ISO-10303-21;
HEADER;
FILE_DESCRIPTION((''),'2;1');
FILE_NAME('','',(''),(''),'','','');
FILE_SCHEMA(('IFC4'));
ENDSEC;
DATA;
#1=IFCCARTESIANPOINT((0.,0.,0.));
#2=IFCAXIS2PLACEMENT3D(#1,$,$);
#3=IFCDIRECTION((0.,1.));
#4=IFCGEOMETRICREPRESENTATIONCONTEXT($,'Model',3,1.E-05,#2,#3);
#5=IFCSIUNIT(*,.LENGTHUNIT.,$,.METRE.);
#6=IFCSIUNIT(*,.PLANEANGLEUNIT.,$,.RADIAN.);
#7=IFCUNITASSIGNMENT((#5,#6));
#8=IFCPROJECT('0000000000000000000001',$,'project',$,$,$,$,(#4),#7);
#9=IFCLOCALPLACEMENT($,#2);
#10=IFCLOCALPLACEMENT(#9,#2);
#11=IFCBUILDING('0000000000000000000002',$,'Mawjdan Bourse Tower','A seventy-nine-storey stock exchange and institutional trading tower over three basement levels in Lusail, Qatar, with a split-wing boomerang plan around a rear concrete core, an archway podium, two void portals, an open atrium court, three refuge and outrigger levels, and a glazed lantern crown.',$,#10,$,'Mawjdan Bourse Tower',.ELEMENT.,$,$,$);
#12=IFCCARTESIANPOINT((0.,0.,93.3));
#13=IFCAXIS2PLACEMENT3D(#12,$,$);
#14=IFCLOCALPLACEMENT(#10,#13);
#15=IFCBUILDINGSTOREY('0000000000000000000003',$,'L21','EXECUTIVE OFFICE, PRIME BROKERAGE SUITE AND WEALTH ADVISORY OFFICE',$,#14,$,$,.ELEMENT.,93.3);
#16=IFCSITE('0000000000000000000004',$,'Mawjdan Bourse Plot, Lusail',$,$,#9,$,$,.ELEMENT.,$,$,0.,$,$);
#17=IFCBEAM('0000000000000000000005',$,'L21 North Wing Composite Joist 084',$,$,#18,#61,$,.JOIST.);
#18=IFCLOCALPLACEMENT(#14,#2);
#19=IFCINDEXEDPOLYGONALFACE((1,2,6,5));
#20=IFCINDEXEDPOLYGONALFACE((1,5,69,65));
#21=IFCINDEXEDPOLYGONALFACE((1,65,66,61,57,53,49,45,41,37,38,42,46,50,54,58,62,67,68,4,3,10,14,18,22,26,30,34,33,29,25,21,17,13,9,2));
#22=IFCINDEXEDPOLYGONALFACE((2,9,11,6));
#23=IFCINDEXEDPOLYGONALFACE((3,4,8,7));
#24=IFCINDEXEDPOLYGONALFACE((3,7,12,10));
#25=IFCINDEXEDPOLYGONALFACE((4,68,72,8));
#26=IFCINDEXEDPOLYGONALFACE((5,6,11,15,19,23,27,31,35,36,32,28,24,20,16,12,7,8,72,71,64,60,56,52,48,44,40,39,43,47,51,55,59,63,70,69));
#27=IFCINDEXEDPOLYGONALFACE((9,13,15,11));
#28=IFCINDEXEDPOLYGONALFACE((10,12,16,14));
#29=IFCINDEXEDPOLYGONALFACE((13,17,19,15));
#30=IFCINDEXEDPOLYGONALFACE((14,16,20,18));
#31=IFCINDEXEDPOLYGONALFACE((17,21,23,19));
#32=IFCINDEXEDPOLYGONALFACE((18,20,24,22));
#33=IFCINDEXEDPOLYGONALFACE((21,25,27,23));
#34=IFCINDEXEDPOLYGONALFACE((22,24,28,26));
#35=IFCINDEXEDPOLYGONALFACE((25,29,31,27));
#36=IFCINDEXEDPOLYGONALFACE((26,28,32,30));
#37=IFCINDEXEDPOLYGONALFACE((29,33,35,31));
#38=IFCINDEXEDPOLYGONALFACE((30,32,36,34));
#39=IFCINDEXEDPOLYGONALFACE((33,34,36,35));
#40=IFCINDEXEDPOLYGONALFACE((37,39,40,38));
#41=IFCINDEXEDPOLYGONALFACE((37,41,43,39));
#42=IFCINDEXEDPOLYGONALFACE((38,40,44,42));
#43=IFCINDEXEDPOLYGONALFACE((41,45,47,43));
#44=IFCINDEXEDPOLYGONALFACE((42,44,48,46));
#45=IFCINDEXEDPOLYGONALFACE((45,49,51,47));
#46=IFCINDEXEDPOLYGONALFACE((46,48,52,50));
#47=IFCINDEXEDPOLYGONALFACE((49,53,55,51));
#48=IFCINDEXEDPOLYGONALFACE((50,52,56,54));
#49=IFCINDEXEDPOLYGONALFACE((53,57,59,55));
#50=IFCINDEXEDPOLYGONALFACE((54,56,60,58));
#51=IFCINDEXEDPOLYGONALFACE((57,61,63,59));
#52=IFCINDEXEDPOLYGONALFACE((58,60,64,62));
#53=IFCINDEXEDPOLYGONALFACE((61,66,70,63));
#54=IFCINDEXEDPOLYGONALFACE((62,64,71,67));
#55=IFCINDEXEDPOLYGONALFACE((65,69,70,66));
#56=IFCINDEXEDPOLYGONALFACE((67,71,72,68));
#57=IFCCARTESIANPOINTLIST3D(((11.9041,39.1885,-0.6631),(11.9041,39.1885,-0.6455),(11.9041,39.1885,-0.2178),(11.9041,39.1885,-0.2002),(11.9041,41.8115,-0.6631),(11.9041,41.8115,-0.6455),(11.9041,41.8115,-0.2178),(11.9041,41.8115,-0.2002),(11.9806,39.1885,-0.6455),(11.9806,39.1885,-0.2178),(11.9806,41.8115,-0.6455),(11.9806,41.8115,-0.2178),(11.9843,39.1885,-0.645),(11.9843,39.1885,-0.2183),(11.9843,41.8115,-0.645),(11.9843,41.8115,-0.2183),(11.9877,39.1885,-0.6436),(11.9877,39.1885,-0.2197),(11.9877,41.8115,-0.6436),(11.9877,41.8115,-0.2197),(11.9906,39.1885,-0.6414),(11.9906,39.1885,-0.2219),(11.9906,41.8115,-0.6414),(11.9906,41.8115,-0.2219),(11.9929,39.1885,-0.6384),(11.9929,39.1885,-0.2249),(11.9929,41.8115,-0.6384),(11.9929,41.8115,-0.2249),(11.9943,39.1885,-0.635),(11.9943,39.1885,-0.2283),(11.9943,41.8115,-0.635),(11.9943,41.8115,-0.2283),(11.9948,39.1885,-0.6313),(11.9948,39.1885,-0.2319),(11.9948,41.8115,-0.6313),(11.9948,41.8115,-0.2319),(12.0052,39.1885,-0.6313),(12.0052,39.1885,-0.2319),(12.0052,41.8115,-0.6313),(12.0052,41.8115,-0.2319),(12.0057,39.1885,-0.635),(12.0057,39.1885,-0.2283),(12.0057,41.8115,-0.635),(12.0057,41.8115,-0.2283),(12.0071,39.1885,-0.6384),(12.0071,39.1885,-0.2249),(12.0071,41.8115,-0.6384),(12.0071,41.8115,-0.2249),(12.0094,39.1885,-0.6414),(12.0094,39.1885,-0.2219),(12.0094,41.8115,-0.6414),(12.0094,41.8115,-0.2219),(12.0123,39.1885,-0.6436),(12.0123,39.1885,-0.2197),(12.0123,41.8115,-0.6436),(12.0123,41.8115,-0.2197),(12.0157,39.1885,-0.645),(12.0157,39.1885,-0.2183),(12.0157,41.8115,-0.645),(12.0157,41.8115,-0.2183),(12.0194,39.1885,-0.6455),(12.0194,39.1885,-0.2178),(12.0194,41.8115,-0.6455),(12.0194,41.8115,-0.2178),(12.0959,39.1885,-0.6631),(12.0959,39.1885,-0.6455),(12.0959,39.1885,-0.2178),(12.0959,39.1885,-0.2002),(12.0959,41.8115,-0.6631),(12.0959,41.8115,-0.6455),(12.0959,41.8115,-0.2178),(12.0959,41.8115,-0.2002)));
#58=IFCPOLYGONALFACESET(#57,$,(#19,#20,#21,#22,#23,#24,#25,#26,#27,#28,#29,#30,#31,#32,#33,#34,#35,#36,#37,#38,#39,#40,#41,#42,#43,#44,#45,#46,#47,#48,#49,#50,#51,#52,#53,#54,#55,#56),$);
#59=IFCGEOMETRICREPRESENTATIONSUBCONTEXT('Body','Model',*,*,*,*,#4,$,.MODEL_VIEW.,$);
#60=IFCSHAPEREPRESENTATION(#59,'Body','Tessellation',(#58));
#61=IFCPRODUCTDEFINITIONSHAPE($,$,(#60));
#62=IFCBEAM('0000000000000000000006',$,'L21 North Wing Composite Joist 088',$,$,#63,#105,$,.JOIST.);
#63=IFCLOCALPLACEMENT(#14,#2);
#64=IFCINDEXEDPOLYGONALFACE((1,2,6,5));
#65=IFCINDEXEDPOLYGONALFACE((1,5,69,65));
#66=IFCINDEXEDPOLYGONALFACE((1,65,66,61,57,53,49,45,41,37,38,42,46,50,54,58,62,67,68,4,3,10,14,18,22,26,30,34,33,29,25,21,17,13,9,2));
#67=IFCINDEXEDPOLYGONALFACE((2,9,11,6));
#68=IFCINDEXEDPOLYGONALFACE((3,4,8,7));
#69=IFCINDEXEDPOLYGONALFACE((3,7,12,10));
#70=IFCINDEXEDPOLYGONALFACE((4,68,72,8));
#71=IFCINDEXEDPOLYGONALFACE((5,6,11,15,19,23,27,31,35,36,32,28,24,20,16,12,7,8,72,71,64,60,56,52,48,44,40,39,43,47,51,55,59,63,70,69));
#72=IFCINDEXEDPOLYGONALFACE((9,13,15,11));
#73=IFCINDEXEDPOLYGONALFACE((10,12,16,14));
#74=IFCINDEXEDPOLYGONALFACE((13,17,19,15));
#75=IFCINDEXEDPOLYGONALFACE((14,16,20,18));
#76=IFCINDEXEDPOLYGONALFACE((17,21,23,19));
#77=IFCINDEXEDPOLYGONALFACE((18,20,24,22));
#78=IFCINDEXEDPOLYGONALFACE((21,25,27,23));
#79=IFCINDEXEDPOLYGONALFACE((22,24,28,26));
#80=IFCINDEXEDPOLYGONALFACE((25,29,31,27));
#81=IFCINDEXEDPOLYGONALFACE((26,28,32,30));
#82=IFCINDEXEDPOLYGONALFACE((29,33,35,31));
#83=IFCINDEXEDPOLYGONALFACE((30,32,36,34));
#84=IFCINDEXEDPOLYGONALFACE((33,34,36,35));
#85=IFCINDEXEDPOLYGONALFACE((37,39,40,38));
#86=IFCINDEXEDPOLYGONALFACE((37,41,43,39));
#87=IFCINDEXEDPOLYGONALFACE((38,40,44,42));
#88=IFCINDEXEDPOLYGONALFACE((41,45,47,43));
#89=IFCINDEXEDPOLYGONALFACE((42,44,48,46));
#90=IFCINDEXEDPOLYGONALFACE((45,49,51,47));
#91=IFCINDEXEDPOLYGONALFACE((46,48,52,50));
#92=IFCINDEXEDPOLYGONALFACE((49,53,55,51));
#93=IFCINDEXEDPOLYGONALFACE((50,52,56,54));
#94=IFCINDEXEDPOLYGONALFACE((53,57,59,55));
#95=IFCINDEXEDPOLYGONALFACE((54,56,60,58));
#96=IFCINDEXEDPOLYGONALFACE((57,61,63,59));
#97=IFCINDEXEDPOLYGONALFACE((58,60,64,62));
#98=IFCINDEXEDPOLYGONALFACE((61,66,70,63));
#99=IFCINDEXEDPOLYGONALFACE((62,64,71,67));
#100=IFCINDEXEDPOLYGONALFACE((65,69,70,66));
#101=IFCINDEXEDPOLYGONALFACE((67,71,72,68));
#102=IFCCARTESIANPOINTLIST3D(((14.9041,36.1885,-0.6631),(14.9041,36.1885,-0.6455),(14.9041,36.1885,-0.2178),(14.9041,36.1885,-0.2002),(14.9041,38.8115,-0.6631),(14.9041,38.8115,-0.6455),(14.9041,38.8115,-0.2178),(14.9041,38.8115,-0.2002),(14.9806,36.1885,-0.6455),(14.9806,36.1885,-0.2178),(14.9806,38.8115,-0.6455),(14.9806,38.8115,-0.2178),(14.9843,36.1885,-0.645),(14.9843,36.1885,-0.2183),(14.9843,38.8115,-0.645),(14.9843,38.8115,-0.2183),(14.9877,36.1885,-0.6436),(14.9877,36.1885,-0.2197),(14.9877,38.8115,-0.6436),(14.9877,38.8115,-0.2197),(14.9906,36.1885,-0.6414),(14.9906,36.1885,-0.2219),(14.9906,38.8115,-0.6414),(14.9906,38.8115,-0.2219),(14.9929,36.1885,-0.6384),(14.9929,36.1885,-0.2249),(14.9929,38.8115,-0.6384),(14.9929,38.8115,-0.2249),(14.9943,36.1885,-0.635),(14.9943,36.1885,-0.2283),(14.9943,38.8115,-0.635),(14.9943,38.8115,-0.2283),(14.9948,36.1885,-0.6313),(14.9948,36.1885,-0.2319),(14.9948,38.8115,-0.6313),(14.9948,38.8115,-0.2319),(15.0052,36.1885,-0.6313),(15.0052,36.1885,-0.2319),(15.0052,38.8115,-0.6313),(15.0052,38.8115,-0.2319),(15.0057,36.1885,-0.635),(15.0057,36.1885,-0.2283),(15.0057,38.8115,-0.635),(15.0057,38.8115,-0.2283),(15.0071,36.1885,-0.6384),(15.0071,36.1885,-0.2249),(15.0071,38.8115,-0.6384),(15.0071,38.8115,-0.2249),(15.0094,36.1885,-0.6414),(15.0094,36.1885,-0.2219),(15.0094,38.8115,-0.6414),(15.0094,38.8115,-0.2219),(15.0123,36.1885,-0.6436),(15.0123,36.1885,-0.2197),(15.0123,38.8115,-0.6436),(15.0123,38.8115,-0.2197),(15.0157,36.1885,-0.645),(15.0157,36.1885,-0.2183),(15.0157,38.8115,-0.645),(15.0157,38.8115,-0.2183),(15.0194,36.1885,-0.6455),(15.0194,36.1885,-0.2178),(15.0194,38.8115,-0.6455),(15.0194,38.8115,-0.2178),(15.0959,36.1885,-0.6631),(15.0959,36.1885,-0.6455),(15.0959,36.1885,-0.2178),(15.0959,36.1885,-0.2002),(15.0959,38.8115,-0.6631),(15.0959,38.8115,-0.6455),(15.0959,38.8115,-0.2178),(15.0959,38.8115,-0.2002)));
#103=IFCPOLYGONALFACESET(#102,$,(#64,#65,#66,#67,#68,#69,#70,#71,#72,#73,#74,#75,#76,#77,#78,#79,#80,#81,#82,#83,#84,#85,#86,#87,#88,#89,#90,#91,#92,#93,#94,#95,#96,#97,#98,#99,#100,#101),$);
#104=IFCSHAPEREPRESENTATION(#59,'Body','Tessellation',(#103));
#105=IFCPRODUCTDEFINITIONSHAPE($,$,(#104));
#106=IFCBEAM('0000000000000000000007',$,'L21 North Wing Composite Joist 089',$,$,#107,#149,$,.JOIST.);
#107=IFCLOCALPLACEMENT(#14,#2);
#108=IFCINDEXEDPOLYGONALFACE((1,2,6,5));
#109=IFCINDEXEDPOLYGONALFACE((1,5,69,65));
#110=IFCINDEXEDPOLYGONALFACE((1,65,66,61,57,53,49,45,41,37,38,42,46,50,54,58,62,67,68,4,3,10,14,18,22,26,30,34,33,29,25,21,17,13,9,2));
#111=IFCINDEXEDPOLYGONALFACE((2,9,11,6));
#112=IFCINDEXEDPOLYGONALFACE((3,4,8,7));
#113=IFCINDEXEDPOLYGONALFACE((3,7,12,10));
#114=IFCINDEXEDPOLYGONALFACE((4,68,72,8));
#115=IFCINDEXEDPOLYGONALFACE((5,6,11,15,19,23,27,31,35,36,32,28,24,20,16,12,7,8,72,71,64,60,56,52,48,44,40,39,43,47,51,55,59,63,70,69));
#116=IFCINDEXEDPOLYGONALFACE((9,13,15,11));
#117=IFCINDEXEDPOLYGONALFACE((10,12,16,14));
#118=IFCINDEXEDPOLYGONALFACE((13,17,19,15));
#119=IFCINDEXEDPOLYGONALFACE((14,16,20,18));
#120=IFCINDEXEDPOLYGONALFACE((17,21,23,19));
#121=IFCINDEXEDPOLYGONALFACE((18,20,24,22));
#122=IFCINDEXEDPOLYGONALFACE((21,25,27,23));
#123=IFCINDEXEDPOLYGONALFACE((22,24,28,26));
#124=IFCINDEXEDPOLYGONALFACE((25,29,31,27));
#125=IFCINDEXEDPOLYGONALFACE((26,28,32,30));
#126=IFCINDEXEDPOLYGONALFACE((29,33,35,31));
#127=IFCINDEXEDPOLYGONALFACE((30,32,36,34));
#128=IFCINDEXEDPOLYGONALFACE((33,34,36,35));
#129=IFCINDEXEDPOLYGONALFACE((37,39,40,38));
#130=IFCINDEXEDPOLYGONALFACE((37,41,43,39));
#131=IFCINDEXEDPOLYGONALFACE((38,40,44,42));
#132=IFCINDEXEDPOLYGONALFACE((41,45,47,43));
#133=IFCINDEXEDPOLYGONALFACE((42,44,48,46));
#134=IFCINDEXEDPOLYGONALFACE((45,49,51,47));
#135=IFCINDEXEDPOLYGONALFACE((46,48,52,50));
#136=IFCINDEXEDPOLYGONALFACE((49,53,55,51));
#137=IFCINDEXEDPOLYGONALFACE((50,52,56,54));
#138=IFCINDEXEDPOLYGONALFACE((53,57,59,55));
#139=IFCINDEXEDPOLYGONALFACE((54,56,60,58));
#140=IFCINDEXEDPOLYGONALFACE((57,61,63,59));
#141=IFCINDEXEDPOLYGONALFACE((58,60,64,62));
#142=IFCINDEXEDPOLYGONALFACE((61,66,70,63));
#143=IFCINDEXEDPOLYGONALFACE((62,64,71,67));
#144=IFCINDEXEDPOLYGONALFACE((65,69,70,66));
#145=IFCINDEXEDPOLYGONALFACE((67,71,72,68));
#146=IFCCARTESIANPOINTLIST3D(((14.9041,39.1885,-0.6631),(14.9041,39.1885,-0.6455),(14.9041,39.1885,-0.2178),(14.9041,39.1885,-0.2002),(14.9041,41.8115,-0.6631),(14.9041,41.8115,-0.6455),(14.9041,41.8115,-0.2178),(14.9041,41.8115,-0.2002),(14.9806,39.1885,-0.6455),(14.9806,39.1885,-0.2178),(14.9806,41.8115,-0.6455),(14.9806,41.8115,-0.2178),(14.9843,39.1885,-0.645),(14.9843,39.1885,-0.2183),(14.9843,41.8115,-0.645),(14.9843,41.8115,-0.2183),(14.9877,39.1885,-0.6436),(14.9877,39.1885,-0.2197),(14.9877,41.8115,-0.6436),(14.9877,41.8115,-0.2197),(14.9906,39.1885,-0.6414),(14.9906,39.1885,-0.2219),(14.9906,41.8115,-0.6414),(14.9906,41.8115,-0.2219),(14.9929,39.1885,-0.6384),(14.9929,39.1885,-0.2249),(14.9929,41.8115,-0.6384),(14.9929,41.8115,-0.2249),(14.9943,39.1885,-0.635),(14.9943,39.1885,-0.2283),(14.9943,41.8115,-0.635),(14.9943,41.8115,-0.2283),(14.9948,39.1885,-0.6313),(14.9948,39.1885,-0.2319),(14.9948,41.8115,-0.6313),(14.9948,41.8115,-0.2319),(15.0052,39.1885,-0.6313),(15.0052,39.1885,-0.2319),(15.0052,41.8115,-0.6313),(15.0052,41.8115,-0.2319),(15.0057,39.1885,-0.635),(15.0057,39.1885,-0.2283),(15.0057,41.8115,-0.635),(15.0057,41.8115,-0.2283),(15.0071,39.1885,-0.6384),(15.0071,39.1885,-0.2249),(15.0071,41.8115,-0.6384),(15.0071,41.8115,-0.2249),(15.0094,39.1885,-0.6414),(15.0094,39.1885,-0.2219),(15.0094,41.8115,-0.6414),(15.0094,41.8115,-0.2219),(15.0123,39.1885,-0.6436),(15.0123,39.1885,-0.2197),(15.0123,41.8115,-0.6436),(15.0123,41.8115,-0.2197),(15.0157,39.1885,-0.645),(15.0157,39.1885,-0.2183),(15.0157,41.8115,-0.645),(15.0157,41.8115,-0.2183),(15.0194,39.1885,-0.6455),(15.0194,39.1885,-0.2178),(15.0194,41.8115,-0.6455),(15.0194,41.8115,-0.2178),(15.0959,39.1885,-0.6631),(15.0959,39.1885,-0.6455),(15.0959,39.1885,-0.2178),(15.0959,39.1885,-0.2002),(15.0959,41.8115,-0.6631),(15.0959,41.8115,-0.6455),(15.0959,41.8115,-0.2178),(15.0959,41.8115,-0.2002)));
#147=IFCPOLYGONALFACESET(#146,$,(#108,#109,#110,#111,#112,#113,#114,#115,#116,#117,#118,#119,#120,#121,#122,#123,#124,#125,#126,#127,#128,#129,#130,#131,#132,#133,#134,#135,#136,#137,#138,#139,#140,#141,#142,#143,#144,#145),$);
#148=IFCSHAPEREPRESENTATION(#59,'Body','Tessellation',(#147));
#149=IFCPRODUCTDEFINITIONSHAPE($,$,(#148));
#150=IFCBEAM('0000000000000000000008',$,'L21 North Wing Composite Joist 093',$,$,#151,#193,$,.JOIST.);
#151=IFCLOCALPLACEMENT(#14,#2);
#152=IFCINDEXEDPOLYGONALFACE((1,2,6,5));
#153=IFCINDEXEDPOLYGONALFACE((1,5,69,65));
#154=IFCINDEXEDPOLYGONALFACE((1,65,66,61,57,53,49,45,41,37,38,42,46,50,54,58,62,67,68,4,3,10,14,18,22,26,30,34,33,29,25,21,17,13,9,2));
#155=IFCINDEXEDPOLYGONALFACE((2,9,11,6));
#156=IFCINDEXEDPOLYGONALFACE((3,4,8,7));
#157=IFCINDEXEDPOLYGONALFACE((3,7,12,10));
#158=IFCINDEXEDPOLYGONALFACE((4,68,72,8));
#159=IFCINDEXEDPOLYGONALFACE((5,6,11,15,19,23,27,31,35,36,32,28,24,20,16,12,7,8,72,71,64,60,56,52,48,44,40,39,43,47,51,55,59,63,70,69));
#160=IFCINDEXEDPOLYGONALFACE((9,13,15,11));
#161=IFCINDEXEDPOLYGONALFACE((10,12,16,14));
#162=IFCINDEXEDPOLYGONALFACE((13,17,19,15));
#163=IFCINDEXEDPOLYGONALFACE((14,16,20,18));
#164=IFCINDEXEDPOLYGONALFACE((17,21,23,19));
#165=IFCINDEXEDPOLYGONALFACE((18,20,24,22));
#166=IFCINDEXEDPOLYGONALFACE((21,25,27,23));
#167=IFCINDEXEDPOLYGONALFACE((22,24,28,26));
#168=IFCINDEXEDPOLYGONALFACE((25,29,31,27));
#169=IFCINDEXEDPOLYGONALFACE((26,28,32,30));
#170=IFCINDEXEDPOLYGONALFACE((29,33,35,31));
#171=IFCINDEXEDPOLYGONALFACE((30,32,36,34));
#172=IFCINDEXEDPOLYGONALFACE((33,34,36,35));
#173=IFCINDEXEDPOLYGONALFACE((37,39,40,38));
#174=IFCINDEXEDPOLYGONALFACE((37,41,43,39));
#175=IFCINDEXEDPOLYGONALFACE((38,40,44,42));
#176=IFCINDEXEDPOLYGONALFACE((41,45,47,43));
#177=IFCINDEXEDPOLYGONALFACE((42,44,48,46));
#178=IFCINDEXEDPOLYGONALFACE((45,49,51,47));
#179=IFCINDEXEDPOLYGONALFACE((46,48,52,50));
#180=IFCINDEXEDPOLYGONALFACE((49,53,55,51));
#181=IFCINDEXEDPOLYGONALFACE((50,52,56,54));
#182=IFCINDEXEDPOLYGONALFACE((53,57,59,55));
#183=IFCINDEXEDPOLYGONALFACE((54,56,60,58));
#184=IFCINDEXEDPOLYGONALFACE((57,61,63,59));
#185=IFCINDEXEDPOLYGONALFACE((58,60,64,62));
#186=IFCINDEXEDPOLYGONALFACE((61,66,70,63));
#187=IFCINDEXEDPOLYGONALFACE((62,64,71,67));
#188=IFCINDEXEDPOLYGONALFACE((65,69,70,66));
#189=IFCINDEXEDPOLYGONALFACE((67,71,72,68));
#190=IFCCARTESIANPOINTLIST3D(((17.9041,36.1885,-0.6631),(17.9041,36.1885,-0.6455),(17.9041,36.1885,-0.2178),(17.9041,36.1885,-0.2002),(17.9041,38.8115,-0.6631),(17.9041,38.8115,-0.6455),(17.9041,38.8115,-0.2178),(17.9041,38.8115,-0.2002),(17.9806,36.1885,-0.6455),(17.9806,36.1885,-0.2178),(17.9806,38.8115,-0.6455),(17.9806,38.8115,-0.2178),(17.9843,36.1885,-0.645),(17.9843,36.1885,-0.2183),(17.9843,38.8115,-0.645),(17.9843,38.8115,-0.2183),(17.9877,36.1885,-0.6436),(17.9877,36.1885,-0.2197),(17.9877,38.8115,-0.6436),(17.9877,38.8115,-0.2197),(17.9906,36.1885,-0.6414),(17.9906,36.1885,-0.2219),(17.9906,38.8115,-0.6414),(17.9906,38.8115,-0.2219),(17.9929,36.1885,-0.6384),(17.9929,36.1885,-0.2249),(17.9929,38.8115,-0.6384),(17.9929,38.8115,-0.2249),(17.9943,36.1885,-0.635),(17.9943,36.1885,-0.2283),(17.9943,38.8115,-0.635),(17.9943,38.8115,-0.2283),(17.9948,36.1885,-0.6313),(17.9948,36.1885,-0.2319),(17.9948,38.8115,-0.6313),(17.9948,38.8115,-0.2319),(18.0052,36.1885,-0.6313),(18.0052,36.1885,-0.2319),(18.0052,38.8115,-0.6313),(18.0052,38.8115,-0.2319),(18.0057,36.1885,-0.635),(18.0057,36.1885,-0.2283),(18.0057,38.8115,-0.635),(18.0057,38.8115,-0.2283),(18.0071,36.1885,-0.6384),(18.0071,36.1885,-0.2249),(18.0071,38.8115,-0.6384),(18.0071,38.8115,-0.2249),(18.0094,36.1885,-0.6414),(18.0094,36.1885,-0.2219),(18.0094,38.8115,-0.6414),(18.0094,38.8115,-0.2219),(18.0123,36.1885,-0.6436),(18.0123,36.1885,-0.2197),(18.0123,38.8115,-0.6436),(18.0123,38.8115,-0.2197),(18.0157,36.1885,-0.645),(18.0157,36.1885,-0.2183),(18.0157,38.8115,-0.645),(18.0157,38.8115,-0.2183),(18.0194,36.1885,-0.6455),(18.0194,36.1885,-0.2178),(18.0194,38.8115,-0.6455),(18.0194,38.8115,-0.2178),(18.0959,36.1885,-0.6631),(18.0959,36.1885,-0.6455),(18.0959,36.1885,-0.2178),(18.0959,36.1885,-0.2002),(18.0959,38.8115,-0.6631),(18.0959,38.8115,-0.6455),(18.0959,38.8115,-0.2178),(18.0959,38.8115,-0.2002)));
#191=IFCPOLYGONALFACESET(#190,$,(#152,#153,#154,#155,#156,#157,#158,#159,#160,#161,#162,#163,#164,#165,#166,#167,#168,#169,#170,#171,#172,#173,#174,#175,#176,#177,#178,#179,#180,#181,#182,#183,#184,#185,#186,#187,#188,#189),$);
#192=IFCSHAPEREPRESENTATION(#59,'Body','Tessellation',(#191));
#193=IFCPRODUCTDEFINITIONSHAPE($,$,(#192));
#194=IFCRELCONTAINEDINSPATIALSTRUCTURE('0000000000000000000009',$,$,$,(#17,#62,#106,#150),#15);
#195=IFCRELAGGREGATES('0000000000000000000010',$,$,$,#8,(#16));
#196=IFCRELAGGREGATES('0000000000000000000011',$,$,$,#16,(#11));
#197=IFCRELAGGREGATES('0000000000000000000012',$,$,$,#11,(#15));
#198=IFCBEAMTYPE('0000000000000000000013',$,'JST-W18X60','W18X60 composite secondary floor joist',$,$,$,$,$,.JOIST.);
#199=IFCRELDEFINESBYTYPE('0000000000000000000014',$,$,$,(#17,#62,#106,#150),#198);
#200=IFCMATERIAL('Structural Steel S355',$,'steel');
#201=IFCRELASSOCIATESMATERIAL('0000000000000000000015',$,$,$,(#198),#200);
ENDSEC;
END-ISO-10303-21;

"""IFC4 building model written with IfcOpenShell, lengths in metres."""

from ifc_helpers import new_model, si_unit, direction, frame, origin, origin_2d, place, context, subcontext, project, spatial, i_section, extrude, material, material_profile, profile_set, type_object, element, save


model = new_model("IFC4")

# Units and contexts
model_context = context("Model", 3, precision=1e-05, world=origin(), true_north=direction((0.0, 1.0)))
body_context = subcontext(model_context, "Body", "Model", "MODEL_VIEW")
ifc_project = project(units=[si_unit("LENGTHUNIT", "METRE"), si_unit("PLANEANGLEUNIT", "RADIAN")], contexts=[model_context])

# Site, building, storey
site_placement = place(None, origin())
site = spatial("IfcSite", under=ifc_project, at=site_placement, Name="Mawjdan Bourse Plot, Lusail", CompositionType="ELEMENT", RefElevation=0.0)
building_placement = place(site_placement, origin())
building = spatial("IfcBuilding", under=site, at=building_placement, Name="Mawjdan Bourse Tower", Description="A seventy-nine-storey stock exchange and institutional trading tower over three basement levels in Lusail, Qatar, with a split-wing boomerang plan around a rear concrete core, an archway podium, two void portals, an open atrium court, three refuge and outrigger levels, and a glazed lantern crown.", LongName="Mawjdan Bourse Tower", CompositionType="ELEMENT")
storey_placement = place(building_placement, frame((0.0, 0.0, 93.3)))
storey = spatial("IfcBuildingStorey", under=building, at=storey_placement, Name="L21", Description="EXECUTIVE OFFICE, PRIME BROKERAGE SUITE AND WEALTH ADVISORY OFFICE", CompositionType="ELEMENT", Elevation=93.3)

# Beams
ifc_material_1 = material(Name="Structural Steel S355", Category="steel")
ifc_material_profile_1 = material_profile(ifc_material_1, i_section(OverallWidth=0.1919, OverallDepth=0.4629, WebThickness=0.0105, FlangeThickness=0.0176, FilletRadius=0.0142, at=origin_2d()), Name="W18X60")
ifc_profile_set_1 = profile_set([ifc_material_profile_1], Name="Structural Steel S355")
beam_type_1 = type_object("IfcBeamType", Name="JST-W18X60", Description="W18X60 composite secondary floor joist", PredefinedType="JOIST", material=ifc_profile_set_1)
for number, where, z_axis, x_axis, name in (
    (1, (12.0, 39.1885, -0.4316), (0.0, 1.0, 0.0), (-1.0, 0.0, 0.0), "L21 North Wing Composite Joist 084"),
    (2, (15.0, 36.1885, -0.4316), (0.0, 1.0, 0.0), (-1.0, 0.0, 0.0), "L21 North Wing Composite Joist 088"),
    (3, (15.0, 39.1885, -0.4316), (0.0, 1.0, 0.0), (-1.0, 0.0, 0.0), "L21 North Wing Composite Joist 089"),
    (4, (18.0, 36.1885, -0.4316), (0.0, 1.0, 0.0), (-1.0, 0.0, 0.0), "L21 North Wing Composite Joist 093"),
):
    element("IfcBeam", number, at=place(storey_placement, frame(where, z_axis=z_axis, x_axis=x_axis)), inside=storey, type_object=beam_type_1, Name=name, PredefinedType="JOIST", context=body_context, shape_type="SweptSolid", body=[
        extrude(i_section(OverallWidth=0.1919, OverallDepth=0.4629, WebThickness=0.0105, FlangeThickness=0.0176, FilletRadius=0.0142, at=origin_2d()), origin(), (0.0, 0.0, 1.0), 2.623),
    ])

save(model, "model.ifc")
